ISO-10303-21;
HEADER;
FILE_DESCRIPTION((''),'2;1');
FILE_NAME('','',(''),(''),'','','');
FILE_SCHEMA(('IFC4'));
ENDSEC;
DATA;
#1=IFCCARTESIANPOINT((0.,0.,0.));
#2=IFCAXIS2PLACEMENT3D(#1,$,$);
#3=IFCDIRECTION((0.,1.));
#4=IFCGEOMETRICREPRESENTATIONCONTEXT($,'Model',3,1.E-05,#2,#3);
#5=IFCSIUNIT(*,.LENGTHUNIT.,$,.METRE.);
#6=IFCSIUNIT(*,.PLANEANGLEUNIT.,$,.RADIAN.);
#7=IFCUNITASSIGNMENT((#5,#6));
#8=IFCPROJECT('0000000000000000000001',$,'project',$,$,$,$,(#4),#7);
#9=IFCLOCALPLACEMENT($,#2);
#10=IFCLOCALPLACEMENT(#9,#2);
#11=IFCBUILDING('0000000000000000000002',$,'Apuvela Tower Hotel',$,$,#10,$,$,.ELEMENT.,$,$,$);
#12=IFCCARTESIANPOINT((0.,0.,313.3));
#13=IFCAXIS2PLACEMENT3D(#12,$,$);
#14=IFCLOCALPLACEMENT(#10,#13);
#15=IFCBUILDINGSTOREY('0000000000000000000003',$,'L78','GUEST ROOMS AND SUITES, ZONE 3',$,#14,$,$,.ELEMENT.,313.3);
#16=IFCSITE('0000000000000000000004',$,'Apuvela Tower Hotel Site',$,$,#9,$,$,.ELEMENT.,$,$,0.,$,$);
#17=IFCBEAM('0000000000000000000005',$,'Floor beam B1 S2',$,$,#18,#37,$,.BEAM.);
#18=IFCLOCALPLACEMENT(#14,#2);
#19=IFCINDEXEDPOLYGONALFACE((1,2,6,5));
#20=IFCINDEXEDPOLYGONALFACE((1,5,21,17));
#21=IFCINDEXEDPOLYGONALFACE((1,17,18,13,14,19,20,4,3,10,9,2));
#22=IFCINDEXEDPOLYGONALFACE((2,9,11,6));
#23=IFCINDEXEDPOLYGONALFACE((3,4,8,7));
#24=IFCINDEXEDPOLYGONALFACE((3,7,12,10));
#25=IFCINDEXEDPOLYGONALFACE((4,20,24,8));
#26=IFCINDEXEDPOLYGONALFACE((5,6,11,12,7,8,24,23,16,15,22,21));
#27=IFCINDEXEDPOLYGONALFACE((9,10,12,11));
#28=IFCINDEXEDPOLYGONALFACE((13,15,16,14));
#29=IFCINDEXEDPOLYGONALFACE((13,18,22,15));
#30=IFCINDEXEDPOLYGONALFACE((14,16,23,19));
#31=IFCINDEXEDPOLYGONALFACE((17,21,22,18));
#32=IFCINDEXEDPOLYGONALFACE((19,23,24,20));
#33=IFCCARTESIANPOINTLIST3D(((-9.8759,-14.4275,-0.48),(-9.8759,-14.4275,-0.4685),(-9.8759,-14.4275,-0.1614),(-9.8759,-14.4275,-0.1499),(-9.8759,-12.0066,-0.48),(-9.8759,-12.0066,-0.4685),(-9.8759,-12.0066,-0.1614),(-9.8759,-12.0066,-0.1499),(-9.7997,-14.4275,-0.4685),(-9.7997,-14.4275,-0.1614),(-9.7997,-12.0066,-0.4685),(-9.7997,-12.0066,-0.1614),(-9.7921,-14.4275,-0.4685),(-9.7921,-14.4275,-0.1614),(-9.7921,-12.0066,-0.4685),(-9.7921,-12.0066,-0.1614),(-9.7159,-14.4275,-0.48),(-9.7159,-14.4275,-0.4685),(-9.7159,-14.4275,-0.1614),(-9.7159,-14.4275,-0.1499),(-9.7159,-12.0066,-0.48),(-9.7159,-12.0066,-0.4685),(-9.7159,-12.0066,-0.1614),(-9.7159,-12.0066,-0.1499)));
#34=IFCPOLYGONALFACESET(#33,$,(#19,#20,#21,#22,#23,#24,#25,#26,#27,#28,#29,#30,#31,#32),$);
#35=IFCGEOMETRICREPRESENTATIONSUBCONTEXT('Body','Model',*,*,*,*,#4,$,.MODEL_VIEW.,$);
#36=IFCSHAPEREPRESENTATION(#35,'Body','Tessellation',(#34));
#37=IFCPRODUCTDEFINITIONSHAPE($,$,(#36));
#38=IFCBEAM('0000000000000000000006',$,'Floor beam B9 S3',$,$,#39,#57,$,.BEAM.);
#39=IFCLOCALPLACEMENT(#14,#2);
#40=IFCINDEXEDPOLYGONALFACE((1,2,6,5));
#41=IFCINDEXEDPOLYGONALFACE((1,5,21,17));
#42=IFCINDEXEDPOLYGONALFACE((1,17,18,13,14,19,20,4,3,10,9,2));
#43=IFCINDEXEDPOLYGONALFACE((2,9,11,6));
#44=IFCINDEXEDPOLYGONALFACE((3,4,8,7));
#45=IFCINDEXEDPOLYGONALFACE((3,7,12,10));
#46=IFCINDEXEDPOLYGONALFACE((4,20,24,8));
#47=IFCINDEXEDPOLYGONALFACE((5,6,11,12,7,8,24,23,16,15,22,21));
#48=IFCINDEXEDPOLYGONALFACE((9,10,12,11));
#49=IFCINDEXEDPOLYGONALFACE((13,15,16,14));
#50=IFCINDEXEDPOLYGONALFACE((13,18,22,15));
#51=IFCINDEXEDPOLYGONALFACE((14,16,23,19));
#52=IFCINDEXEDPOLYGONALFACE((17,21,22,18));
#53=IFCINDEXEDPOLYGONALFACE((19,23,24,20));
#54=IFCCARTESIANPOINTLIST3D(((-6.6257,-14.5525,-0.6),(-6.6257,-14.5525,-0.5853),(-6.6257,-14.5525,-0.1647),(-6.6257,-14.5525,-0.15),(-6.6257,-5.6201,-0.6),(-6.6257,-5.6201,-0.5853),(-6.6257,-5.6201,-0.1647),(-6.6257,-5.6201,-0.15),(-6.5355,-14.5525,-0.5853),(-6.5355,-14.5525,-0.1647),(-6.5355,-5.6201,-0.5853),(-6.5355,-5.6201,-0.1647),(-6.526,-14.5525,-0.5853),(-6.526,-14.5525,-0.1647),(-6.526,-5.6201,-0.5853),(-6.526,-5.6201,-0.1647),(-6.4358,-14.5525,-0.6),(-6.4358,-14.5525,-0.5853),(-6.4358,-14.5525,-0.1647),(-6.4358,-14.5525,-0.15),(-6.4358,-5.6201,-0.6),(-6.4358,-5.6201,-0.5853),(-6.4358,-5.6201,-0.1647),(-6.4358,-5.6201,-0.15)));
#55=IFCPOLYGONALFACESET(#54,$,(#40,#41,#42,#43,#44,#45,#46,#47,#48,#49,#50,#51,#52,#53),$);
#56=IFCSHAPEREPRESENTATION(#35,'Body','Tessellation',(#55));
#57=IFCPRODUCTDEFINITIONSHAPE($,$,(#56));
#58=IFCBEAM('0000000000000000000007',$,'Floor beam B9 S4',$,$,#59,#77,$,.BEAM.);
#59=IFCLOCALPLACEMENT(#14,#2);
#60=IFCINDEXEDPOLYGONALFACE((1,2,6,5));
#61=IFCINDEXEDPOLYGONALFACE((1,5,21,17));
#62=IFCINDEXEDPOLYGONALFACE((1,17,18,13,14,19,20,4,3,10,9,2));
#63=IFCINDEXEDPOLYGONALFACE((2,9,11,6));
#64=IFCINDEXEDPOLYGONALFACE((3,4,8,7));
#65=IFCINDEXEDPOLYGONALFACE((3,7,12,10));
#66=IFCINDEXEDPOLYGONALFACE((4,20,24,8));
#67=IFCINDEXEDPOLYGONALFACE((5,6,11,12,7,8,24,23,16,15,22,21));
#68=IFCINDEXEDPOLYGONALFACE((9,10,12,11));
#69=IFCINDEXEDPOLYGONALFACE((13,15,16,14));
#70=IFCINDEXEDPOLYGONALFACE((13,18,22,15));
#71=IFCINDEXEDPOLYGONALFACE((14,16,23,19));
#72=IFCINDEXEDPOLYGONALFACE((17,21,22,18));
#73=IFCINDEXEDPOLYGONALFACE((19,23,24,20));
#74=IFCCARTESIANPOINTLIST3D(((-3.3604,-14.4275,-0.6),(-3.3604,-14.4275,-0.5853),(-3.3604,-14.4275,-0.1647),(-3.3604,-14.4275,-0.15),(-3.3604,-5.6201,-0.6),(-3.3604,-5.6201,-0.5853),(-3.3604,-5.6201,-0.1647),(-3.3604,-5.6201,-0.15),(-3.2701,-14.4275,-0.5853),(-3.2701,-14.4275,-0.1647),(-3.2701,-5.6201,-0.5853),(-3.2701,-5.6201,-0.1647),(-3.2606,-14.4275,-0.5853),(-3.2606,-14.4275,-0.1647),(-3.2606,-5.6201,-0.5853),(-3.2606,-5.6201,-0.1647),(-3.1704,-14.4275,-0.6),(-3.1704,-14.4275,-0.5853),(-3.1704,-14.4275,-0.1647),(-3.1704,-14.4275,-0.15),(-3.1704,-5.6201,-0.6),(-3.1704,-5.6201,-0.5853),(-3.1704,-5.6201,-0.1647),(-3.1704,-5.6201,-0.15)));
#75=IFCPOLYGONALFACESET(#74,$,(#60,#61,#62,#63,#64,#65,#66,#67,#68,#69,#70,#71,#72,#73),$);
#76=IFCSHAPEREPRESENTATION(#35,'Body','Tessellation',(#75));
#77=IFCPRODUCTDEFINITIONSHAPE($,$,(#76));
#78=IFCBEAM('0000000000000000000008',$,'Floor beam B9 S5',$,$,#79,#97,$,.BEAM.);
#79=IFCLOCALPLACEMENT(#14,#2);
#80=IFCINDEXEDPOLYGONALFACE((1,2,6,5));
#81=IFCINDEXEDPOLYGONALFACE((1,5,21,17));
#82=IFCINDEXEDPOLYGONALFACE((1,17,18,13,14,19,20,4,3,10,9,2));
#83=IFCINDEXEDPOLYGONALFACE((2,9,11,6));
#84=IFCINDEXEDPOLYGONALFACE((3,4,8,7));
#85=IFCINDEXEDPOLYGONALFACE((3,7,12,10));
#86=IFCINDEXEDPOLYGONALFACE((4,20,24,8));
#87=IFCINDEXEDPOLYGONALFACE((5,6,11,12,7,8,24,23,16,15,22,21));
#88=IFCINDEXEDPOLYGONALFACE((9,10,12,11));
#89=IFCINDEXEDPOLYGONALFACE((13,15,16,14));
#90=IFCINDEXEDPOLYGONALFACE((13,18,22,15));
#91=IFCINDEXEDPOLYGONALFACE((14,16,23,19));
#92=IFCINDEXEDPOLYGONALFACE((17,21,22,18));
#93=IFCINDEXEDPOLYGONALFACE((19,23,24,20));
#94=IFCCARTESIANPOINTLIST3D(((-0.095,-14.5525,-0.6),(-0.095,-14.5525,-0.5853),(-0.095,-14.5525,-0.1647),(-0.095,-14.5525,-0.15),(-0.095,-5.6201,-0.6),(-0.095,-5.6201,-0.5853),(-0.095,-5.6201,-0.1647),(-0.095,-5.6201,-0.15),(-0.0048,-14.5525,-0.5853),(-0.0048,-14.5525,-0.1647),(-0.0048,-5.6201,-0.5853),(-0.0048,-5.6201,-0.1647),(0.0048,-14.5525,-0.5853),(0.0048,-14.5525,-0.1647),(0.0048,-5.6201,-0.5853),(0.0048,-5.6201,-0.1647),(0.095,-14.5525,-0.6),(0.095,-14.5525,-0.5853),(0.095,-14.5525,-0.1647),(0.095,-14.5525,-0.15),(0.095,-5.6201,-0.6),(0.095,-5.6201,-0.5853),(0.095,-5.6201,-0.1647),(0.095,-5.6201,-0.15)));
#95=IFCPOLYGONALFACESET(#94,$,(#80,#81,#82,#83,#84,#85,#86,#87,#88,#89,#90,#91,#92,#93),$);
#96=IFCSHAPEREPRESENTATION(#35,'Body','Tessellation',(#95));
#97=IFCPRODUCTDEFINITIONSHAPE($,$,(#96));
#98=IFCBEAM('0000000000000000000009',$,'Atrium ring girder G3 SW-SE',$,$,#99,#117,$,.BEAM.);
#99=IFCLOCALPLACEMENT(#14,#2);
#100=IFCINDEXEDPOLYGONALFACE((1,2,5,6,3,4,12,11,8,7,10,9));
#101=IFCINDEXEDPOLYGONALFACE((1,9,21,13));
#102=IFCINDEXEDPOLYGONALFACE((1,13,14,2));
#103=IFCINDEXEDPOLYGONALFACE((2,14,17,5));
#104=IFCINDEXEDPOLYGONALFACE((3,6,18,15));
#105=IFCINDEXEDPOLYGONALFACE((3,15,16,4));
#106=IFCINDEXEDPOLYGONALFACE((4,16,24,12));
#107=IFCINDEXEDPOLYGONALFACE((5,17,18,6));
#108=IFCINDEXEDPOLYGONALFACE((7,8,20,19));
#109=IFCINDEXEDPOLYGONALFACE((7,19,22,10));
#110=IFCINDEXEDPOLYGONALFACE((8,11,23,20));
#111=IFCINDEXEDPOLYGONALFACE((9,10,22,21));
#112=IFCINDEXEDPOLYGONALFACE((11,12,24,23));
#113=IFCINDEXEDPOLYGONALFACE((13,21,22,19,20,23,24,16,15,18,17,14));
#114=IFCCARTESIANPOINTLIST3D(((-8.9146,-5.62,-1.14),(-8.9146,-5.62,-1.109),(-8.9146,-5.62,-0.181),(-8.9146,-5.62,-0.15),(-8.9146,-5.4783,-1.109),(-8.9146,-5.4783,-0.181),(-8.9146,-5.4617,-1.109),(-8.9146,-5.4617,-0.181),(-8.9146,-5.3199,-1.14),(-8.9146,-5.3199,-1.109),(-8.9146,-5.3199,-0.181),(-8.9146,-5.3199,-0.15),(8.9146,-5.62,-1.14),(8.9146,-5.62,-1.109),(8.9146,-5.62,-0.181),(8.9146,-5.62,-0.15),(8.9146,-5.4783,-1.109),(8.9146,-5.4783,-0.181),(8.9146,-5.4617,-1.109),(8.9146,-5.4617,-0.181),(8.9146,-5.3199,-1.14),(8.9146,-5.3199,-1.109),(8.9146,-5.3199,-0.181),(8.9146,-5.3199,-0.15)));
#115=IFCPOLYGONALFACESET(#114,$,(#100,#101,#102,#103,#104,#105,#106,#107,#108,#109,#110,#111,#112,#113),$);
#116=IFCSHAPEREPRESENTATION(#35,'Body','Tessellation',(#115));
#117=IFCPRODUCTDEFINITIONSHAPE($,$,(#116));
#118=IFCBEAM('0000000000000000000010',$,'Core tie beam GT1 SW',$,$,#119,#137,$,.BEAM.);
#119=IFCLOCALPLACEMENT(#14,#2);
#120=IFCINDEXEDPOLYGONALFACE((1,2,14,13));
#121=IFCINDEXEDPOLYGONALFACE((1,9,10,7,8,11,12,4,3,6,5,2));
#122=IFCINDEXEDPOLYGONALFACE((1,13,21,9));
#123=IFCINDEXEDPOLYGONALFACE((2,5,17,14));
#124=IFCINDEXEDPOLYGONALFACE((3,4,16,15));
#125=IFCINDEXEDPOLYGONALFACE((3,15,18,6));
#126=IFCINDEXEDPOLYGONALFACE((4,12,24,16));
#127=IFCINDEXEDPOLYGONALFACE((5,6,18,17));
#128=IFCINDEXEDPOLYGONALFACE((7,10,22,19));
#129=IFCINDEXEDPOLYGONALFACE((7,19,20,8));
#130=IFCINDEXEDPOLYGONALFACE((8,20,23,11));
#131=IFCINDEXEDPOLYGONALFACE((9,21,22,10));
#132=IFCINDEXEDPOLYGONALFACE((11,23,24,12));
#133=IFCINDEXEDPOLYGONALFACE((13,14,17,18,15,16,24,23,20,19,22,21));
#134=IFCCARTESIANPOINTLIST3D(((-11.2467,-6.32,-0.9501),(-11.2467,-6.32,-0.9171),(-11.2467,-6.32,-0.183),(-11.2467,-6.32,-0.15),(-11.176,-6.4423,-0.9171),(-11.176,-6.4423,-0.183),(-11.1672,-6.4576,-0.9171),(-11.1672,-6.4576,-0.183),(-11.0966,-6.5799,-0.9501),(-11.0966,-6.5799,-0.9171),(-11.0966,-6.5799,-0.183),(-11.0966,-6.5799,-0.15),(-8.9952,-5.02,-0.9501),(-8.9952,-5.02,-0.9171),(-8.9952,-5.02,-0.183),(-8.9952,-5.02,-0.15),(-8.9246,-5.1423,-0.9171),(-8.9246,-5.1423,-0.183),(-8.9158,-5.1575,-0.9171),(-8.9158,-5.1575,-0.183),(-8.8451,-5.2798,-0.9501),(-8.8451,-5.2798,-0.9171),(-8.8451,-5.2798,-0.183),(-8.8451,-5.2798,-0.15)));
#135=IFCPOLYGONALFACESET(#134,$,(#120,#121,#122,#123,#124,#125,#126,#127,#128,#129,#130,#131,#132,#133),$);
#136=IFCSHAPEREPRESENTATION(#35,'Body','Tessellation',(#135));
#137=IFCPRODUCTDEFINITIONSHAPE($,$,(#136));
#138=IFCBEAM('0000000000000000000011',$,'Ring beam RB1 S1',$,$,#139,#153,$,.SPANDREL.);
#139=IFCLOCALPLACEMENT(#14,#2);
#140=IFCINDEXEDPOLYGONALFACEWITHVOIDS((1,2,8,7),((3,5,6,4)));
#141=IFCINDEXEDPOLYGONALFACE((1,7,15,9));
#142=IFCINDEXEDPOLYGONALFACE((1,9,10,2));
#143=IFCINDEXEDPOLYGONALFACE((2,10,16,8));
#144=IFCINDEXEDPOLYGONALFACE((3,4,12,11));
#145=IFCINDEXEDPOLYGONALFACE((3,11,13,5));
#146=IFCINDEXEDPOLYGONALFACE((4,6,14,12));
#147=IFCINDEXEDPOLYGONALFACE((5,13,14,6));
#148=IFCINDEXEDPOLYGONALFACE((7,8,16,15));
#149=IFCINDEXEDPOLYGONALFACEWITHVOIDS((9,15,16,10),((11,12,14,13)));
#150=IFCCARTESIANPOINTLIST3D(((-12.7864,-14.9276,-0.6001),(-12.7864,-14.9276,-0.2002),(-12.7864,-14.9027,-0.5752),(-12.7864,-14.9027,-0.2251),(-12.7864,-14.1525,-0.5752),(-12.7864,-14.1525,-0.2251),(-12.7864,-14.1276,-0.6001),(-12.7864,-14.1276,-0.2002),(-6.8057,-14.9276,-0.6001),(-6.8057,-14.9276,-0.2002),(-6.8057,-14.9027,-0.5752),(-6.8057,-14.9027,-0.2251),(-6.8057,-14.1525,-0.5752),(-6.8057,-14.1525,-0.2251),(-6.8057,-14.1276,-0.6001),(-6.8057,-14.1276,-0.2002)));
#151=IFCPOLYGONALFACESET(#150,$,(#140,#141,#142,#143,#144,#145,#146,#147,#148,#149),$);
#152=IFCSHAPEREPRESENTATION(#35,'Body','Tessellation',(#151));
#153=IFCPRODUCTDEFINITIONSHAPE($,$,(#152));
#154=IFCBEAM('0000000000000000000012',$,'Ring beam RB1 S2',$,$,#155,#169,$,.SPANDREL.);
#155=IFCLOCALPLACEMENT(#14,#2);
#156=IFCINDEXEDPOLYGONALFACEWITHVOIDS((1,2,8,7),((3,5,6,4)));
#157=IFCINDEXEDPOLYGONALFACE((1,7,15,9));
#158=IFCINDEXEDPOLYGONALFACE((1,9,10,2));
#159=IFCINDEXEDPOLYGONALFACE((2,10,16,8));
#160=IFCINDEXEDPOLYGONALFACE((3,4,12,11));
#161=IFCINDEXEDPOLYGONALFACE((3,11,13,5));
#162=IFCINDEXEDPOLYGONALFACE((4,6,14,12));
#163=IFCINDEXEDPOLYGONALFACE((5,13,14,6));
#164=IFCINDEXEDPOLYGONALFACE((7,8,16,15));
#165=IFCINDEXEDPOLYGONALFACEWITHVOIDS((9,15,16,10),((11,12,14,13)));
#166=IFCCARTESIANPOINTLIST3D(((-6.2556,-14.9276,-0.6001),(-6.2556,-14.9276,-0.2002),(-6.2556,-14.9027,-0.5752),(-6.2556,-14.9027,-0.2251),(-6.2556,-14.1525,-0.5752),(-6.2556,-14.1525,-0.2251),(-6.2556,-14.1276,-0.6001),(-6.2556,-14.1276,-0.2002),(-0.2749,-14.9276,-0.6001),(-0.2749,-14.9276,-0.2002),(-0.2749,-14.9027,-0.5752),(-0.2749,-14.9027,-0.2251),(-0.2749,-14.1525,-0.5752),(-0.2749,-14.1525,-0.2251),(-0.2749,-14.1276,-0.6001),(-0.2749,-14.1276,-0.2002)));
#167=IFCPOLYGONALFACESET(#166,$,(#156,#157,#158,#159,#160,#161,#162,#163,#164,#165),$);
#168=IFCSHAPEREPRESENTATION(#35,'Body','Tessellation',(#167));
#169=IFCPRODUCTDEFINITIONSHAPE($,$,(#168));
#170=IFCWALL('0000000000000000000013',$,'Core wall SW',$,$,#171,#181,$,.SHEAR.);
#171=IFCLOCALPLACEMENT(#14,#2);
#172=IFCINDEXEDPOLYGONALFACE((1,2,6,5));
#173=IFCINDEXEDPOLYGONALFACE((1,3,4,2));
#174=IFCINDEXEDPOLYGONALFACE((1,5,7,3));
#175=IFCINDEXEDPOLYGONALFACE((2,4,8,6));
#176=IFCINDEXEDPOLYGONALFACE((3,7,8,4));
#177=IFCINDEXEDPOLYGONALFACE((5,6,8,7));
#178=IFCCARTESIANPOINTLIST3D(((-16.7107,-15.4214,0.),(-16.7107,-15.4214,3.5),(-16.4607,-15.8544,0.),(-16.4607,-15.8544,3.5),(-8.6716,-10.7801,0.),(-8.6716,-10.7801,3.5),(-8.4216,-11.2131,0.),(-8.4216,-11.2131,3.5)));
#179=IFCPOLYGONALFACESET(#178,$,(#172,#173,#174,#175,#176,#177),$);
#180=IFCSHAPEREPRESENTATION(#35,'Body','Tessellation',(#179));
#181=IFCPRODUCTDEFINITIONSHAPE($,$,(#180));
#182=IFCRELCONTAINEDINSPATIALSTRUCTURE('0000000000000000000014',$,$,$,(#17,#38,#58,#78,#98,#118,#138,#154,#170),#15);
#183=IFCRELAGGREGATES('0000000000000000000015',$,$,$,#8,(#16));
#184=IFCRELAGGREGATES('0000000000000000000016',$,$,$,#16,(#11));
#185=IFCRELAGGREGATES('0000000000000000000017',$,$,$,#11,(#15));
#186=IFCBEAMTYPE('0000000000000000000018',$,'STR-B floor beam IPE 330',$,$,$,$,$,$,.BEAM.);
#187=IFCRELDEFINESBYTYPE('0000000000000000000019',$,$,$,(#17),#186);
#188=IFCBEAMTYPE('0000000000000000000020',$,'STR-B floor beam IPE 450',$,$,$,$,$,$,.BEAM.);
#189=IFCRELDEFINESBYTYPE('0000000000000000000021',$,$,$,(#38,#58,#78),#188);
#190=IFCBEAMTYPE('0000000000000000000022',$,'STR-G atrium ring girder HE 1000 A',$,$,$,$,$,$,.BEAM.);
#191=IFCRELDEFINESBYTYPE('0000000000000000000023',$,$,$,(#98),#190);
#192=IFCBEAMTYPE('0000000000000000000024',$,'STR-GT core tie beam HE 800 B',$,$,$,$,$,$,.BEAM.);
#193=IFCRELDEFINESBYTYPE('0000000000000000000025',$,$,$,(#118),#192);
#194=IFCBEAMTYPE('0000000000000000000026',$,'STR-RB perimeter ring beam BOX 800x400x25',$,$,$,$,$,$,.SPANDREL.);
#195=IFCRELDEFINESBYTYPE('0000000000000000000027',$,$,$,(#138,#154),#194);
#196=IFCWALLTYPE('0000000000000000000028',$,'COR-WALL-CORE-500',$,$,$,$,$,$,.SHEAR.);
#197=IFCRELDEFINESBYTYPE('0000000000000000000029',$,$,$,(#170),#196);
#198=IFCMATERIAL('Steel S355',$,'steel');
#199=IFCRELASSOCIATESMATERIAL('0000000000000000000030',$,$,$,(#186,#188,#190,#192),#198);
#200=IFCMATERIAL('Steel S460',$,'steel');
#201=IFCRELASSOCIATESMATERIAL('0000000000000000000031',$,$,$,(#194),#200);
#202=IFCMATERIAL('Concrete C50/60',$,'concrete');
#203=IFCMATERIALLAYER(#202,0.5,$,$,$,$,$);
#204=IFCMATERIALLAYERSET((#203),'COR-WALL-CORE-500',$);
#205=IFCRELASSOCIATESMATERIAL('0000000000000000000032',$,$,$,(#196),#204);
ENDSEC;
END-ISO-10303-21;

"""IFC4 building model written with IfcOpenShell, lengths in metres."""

from ifc_helpers import new_model, si_unit, direction, frame, frame_2d, origin, origin_2d, place, context, subcontext, project, spatial, rectangle, hollow_rectangle, i_section, extrude, material, layer, layer_set, material_profile, profile_set, type_object, element, save


model = new_model("IFC4")

# Units and contexts
model_context = context("Model", 3, precision=1e-05, world=origin(), true_north=direction((0.0, 1.0)))
body_context = subcontext(model_context, "Body", "Model", "MODEL_VIEW")
ifc_project = project(units=[si_unit("LENGTHUNIT", "METRE"), si_unit("PLANEANGLEUNIT", "RADIAN")], contexts=[model_context])

# Site, building, storey
site_placement = place(None, origin())
site = spatial("IfcSite", under=ifc_project, at=site_placement, Name="Apuvela Tower Hotel Site", CompositionType="ELEMENT", RefElevation=0.0)
building_placement = place(site_placement, origin())
building = spatial("IfcBuilding", under=site, at=building_placement, Name="Apuvela Tower Hotel", CompositionType="ELEMENT")
storey_placement = place(building_placement, frame((0.0, 0.0, 313.3)))
storey = spatial("IfcBuildingStorey", under=building, at=storey_placement, Name="L78", Description="GUEST ROOMS AND SUITES, ZONE 3", CompositionType="ELEMENT", Elevation=313.3)

# Beams
ifc_material_1 = material(Name="Steel S355", Category="steel")
ifc_material_profile_1 = material_profile(ifc_material_1, i_section(OverallWidth=0.1599, OverallDepth=0.3301, WebThickness=0.0076, FlangeThickness=0.0115, at=origin_2d()), Name="IPE 330")
ifc_profile_set_1 = profile_set([ifc_material_profile_1], Name="Steel S355")
beam_type_1 = type_object("IfcBeamType", Name="STR-B floor beam IPE 330", PredefinedType="BEAM", material=ifc_profile_set_1)
beam_1_placement = place(storey_placement, frame((-9.7959, -14.4275, -0.3149), z_axis=(0.0, 1.0, 0.0), x_axis=(-1.0, 0.0, 0.0)))
element("IfcBeam", 1, at=beam_1_placement, inside=storey, type_object=beam_type_1, Name="Floor beam B1 S2", PredefinedType="BEAM", context=body_context, shape_type="SweptSolid", body=[
    extrude(i_section(OverallWidth=0.1599, OverallDepth=0.3301, WebThickness=0.0076, FlangeThickness=0.0115, at=origin_2d()), origin(), (0.0, 0.0, 1.0), 2.4209),
])
ifc_material_profile_2 = material_profile(ifc_material_1, i_section(OverallWidth=0.1899, OverallDepth=0.45, WebThickness=0.0095, FlangeThickness=0.0146, at=origin_2d()), Name="IPE 450")
ifc_profile_set_2 = profile_set([ifc_material_profile_2], Name="Steel S355")
beam_type_2 = type_object("IfcBeamType", Name="STR-B floor beam IPE 450", PredefinedType="BEAM", material=ifc_profile_set_2)
beam_2_placement = place(storey_placement, frame((-6.5308, -14.5525, -0.375), z_axis=(0.0, 1.0, 0.0), x_axis=(-1.0, 0.0, 0.0)))
element("IfcBeam", 2, at=beam_2_placement, inside=storey, type_object=beam_type_2, Name="Floor beam B9 S3", PredefinedType="BEAM", context=body_context, shape_type="SweptSolid", body=[
    extrude(i_section(OverallWidth=0.1899, OverallDepth=0.45, WebThickness=0.0095, FlangeThickness=0.0146, at=origin_2d()), origin(), (0.0, 0.0, 1.0), 8.9324),
])
beam_3_placement = place(storey_placement, frame((-3.2654, -14.4275, -0.375), z_axis=(0.0, 1.0, 0.0), x_axis=(-1.0, 0.0, 0.0)))
element("IfcBeam", 3, at=beam_3_placement, inside=storey, type_object=beam_type_2, Name="Floor beam B9 S4", PredefinedType="BEAM", context=body_context, shape_type="SweptSolid", body=[
    extrude(i_section(OverallWidth=0.1899, OverallDepth=0.45, WebThickness=0.0095, FlangeThickness=0.0146, at=origin_2d()), origin(), (0.0, 0.0, 1.0), 8.8074),
])
beam_4_placement = place(storey_placement, frame((0.0, -14.5525, -0.375), z_axis=(0.0, 1.0, 0.0), x_axis=(-1.0, 0.0, 0.0)))
element("IfcBeam", 4, at=beam_4_placement, inside=storey, type_object=beam_type_2, Name="Floor beam B9 S5", PredefinedType="BEAM", context=body_context, shape_type="SweptSolid", body=[
    extrude(i_section(OverallWidth=0.1899, OverallDepth=0.45, WebThickness=0.0095, FlangeThickness=0.0146, at=origin_2d()), origin(), (0.0, 0.0, 1.0), 8.9324),
])
ifc_material_profile_3 = material_profile(ifc_material_1, i_section(OverallWidth=0.3, OverallDepth=0.99, WebThickness=0.0166, FlangeThickness=0.031, at=origin_2d()), Name="HE 1000 A")
ifc_profile_set_3 = profile_set([ifc_material_profile_3], Name="Steel S355")
beam_type_3 = type_object("IfcBeamType", Name="STR-G atrium ring girder HE 1000 A", PredefinedType="BEAM", material=ifc_profile_set_3)
beam_5_placement = place(storey_placement, frame((-8.9146, -5.47, -0.645), z_axis=(1.0, 0.0, 0.0), x_axis=(0.0, 1.0, 0.0)))
element("IfcBeam", 5, at=beam_5_placement, inside=storey, type_object=beam_type_3, Name="Atrium ring girder G3 SW-SE", PredefinedType="BEAM", context=body_context, shape_type="SweptSolid", body=[
    extrude(i_section(OverallWidth=0.3, OverallDepth=0.99, WebThickness=0.0166, FlangeThickness=0.031, at=origin_2d()), origin(), (0.0, 0.0, 1.0), 17.8291),
])
ifc_material_profile_4 = material_profile(ifc_material_1, i_section(OverallWidth=0.3, OverallDepth=0.8, WebThickness=0.0176, FlangeThickness=0.033, at=origin_2d()), Name="HE 800 B")
ifc_profile_set_4 = profile_set([ifc_material_profile_4], Name="Steel S355")
beam_type_4 = type_object("IfcBeamType", Name="STR-GT core tie beam HE 800 B", PredefinedType="BEAM", material=ifc_profile_set_4)
beam_6_placement = place(storey_placement, frame((-11.1716, -6.45, -0.55), z_axis=(0.865998, 0.500048, 0.0), x_axis=(-0.500048, 0.865998, 0.0)))
element("IfcBeam", 6, at=beam_6_placement, inside=storey, type_object=beam_type_4, Name="Core tie beam GT1 SW", PredefinedType="BEAM", context=body_context, shape_type="SweptSolid", body=[
    extrude(i_section(OverallWidth=0.3, OverallDepth=0.8, WebThickness=0.0176, FlangeThickness=0.033, at=origin_2d()), origin(), (0.0, 0.0, 1.0), 2.5999),
])
ifc_material_2 = material(Name="Steel S460", Category="steel")
ifc_material_profile_5 = material_profile(ifc_material_2, hollow_rectangle(XDim=0.8, YDim=0.3999, WallThickness=0.0249, at=origin_2d()), Name="BOX 800x400x25")
ifc_profile_set_5 = profile_set([ifc_material_profile_5], Name="Steel S460")
beam_type_5 = type_object("IfcBeamType", Name="STR-RB perimeter ring beam BOX 800x400x25", PredefinedType="SPANDREL", material=ifc_profile_set_5)
for number, where, z_axis, x_axis, name in (
    (7, (-12.7864, -14.5276, -0.4001), (1.0, 0.0, 0.0), (0.0, 1.0, 0.0), "Ring beam RB1 S1"),
    (8, (-6.2556, -14.5276, -0.4001), (1.0, 0.0, 0.0), (0.0, 1.0, 0.0), "Ring beam RB1 S2"),
):
    element("IfcBeam", number, at=place(storey_placement, frame(where, z_axis=z_axis, x_axis=x_axis)), inside=storey, type_object=beam_type_5, Name=name, PredefinedType="SPANDREL", context=body_context, shape_type="SweptSolid", body=[
        extrude(hollow_rectangle(XDim=0.8, YDim=0.3999, WallThickness=0.0249, at=origin_2d()), origin(), (0.0, 0.0, 1.0), 5.9807),
    ])

# Wall
ifc_material_3 = material(Name="Concrete C50/60", Category="concrete")
ifc_layer_1 = layer(ifc_material_3, 0.5)
ifc_layer_set_1 = layer_set([ifc_layer_1], Name="COR-WALL-CORE-500")
wall_type_1 = type_object("IfcWallType", Name="COR-WALL-CORE-500", PredefinedType="SHEAR", material=ifc_layer_set_1)
wall_1_placement = place(storey_placement, frame((-8.5466, -10.9966, 0.0), z_axis=(0.0, 0.0, 1.0), x_axis=(-0.866025, -0.5, 0.0)))
element("IfcWall", 9, at=wall_1_placement, inside=storey, type_object=wall_type_1, Name="Core wall SW", PredefinedType="SHEAR", context=body_context, shape_type="SweptSolid", body=[
    extrude(rectangle(XDim=9.2827, YDim=0.5, at=frame_2d((4.6414, 0.0))), origin(), (0.0, 0.0, 1.0), 3.5),
])

save(model, "model.ifc")
